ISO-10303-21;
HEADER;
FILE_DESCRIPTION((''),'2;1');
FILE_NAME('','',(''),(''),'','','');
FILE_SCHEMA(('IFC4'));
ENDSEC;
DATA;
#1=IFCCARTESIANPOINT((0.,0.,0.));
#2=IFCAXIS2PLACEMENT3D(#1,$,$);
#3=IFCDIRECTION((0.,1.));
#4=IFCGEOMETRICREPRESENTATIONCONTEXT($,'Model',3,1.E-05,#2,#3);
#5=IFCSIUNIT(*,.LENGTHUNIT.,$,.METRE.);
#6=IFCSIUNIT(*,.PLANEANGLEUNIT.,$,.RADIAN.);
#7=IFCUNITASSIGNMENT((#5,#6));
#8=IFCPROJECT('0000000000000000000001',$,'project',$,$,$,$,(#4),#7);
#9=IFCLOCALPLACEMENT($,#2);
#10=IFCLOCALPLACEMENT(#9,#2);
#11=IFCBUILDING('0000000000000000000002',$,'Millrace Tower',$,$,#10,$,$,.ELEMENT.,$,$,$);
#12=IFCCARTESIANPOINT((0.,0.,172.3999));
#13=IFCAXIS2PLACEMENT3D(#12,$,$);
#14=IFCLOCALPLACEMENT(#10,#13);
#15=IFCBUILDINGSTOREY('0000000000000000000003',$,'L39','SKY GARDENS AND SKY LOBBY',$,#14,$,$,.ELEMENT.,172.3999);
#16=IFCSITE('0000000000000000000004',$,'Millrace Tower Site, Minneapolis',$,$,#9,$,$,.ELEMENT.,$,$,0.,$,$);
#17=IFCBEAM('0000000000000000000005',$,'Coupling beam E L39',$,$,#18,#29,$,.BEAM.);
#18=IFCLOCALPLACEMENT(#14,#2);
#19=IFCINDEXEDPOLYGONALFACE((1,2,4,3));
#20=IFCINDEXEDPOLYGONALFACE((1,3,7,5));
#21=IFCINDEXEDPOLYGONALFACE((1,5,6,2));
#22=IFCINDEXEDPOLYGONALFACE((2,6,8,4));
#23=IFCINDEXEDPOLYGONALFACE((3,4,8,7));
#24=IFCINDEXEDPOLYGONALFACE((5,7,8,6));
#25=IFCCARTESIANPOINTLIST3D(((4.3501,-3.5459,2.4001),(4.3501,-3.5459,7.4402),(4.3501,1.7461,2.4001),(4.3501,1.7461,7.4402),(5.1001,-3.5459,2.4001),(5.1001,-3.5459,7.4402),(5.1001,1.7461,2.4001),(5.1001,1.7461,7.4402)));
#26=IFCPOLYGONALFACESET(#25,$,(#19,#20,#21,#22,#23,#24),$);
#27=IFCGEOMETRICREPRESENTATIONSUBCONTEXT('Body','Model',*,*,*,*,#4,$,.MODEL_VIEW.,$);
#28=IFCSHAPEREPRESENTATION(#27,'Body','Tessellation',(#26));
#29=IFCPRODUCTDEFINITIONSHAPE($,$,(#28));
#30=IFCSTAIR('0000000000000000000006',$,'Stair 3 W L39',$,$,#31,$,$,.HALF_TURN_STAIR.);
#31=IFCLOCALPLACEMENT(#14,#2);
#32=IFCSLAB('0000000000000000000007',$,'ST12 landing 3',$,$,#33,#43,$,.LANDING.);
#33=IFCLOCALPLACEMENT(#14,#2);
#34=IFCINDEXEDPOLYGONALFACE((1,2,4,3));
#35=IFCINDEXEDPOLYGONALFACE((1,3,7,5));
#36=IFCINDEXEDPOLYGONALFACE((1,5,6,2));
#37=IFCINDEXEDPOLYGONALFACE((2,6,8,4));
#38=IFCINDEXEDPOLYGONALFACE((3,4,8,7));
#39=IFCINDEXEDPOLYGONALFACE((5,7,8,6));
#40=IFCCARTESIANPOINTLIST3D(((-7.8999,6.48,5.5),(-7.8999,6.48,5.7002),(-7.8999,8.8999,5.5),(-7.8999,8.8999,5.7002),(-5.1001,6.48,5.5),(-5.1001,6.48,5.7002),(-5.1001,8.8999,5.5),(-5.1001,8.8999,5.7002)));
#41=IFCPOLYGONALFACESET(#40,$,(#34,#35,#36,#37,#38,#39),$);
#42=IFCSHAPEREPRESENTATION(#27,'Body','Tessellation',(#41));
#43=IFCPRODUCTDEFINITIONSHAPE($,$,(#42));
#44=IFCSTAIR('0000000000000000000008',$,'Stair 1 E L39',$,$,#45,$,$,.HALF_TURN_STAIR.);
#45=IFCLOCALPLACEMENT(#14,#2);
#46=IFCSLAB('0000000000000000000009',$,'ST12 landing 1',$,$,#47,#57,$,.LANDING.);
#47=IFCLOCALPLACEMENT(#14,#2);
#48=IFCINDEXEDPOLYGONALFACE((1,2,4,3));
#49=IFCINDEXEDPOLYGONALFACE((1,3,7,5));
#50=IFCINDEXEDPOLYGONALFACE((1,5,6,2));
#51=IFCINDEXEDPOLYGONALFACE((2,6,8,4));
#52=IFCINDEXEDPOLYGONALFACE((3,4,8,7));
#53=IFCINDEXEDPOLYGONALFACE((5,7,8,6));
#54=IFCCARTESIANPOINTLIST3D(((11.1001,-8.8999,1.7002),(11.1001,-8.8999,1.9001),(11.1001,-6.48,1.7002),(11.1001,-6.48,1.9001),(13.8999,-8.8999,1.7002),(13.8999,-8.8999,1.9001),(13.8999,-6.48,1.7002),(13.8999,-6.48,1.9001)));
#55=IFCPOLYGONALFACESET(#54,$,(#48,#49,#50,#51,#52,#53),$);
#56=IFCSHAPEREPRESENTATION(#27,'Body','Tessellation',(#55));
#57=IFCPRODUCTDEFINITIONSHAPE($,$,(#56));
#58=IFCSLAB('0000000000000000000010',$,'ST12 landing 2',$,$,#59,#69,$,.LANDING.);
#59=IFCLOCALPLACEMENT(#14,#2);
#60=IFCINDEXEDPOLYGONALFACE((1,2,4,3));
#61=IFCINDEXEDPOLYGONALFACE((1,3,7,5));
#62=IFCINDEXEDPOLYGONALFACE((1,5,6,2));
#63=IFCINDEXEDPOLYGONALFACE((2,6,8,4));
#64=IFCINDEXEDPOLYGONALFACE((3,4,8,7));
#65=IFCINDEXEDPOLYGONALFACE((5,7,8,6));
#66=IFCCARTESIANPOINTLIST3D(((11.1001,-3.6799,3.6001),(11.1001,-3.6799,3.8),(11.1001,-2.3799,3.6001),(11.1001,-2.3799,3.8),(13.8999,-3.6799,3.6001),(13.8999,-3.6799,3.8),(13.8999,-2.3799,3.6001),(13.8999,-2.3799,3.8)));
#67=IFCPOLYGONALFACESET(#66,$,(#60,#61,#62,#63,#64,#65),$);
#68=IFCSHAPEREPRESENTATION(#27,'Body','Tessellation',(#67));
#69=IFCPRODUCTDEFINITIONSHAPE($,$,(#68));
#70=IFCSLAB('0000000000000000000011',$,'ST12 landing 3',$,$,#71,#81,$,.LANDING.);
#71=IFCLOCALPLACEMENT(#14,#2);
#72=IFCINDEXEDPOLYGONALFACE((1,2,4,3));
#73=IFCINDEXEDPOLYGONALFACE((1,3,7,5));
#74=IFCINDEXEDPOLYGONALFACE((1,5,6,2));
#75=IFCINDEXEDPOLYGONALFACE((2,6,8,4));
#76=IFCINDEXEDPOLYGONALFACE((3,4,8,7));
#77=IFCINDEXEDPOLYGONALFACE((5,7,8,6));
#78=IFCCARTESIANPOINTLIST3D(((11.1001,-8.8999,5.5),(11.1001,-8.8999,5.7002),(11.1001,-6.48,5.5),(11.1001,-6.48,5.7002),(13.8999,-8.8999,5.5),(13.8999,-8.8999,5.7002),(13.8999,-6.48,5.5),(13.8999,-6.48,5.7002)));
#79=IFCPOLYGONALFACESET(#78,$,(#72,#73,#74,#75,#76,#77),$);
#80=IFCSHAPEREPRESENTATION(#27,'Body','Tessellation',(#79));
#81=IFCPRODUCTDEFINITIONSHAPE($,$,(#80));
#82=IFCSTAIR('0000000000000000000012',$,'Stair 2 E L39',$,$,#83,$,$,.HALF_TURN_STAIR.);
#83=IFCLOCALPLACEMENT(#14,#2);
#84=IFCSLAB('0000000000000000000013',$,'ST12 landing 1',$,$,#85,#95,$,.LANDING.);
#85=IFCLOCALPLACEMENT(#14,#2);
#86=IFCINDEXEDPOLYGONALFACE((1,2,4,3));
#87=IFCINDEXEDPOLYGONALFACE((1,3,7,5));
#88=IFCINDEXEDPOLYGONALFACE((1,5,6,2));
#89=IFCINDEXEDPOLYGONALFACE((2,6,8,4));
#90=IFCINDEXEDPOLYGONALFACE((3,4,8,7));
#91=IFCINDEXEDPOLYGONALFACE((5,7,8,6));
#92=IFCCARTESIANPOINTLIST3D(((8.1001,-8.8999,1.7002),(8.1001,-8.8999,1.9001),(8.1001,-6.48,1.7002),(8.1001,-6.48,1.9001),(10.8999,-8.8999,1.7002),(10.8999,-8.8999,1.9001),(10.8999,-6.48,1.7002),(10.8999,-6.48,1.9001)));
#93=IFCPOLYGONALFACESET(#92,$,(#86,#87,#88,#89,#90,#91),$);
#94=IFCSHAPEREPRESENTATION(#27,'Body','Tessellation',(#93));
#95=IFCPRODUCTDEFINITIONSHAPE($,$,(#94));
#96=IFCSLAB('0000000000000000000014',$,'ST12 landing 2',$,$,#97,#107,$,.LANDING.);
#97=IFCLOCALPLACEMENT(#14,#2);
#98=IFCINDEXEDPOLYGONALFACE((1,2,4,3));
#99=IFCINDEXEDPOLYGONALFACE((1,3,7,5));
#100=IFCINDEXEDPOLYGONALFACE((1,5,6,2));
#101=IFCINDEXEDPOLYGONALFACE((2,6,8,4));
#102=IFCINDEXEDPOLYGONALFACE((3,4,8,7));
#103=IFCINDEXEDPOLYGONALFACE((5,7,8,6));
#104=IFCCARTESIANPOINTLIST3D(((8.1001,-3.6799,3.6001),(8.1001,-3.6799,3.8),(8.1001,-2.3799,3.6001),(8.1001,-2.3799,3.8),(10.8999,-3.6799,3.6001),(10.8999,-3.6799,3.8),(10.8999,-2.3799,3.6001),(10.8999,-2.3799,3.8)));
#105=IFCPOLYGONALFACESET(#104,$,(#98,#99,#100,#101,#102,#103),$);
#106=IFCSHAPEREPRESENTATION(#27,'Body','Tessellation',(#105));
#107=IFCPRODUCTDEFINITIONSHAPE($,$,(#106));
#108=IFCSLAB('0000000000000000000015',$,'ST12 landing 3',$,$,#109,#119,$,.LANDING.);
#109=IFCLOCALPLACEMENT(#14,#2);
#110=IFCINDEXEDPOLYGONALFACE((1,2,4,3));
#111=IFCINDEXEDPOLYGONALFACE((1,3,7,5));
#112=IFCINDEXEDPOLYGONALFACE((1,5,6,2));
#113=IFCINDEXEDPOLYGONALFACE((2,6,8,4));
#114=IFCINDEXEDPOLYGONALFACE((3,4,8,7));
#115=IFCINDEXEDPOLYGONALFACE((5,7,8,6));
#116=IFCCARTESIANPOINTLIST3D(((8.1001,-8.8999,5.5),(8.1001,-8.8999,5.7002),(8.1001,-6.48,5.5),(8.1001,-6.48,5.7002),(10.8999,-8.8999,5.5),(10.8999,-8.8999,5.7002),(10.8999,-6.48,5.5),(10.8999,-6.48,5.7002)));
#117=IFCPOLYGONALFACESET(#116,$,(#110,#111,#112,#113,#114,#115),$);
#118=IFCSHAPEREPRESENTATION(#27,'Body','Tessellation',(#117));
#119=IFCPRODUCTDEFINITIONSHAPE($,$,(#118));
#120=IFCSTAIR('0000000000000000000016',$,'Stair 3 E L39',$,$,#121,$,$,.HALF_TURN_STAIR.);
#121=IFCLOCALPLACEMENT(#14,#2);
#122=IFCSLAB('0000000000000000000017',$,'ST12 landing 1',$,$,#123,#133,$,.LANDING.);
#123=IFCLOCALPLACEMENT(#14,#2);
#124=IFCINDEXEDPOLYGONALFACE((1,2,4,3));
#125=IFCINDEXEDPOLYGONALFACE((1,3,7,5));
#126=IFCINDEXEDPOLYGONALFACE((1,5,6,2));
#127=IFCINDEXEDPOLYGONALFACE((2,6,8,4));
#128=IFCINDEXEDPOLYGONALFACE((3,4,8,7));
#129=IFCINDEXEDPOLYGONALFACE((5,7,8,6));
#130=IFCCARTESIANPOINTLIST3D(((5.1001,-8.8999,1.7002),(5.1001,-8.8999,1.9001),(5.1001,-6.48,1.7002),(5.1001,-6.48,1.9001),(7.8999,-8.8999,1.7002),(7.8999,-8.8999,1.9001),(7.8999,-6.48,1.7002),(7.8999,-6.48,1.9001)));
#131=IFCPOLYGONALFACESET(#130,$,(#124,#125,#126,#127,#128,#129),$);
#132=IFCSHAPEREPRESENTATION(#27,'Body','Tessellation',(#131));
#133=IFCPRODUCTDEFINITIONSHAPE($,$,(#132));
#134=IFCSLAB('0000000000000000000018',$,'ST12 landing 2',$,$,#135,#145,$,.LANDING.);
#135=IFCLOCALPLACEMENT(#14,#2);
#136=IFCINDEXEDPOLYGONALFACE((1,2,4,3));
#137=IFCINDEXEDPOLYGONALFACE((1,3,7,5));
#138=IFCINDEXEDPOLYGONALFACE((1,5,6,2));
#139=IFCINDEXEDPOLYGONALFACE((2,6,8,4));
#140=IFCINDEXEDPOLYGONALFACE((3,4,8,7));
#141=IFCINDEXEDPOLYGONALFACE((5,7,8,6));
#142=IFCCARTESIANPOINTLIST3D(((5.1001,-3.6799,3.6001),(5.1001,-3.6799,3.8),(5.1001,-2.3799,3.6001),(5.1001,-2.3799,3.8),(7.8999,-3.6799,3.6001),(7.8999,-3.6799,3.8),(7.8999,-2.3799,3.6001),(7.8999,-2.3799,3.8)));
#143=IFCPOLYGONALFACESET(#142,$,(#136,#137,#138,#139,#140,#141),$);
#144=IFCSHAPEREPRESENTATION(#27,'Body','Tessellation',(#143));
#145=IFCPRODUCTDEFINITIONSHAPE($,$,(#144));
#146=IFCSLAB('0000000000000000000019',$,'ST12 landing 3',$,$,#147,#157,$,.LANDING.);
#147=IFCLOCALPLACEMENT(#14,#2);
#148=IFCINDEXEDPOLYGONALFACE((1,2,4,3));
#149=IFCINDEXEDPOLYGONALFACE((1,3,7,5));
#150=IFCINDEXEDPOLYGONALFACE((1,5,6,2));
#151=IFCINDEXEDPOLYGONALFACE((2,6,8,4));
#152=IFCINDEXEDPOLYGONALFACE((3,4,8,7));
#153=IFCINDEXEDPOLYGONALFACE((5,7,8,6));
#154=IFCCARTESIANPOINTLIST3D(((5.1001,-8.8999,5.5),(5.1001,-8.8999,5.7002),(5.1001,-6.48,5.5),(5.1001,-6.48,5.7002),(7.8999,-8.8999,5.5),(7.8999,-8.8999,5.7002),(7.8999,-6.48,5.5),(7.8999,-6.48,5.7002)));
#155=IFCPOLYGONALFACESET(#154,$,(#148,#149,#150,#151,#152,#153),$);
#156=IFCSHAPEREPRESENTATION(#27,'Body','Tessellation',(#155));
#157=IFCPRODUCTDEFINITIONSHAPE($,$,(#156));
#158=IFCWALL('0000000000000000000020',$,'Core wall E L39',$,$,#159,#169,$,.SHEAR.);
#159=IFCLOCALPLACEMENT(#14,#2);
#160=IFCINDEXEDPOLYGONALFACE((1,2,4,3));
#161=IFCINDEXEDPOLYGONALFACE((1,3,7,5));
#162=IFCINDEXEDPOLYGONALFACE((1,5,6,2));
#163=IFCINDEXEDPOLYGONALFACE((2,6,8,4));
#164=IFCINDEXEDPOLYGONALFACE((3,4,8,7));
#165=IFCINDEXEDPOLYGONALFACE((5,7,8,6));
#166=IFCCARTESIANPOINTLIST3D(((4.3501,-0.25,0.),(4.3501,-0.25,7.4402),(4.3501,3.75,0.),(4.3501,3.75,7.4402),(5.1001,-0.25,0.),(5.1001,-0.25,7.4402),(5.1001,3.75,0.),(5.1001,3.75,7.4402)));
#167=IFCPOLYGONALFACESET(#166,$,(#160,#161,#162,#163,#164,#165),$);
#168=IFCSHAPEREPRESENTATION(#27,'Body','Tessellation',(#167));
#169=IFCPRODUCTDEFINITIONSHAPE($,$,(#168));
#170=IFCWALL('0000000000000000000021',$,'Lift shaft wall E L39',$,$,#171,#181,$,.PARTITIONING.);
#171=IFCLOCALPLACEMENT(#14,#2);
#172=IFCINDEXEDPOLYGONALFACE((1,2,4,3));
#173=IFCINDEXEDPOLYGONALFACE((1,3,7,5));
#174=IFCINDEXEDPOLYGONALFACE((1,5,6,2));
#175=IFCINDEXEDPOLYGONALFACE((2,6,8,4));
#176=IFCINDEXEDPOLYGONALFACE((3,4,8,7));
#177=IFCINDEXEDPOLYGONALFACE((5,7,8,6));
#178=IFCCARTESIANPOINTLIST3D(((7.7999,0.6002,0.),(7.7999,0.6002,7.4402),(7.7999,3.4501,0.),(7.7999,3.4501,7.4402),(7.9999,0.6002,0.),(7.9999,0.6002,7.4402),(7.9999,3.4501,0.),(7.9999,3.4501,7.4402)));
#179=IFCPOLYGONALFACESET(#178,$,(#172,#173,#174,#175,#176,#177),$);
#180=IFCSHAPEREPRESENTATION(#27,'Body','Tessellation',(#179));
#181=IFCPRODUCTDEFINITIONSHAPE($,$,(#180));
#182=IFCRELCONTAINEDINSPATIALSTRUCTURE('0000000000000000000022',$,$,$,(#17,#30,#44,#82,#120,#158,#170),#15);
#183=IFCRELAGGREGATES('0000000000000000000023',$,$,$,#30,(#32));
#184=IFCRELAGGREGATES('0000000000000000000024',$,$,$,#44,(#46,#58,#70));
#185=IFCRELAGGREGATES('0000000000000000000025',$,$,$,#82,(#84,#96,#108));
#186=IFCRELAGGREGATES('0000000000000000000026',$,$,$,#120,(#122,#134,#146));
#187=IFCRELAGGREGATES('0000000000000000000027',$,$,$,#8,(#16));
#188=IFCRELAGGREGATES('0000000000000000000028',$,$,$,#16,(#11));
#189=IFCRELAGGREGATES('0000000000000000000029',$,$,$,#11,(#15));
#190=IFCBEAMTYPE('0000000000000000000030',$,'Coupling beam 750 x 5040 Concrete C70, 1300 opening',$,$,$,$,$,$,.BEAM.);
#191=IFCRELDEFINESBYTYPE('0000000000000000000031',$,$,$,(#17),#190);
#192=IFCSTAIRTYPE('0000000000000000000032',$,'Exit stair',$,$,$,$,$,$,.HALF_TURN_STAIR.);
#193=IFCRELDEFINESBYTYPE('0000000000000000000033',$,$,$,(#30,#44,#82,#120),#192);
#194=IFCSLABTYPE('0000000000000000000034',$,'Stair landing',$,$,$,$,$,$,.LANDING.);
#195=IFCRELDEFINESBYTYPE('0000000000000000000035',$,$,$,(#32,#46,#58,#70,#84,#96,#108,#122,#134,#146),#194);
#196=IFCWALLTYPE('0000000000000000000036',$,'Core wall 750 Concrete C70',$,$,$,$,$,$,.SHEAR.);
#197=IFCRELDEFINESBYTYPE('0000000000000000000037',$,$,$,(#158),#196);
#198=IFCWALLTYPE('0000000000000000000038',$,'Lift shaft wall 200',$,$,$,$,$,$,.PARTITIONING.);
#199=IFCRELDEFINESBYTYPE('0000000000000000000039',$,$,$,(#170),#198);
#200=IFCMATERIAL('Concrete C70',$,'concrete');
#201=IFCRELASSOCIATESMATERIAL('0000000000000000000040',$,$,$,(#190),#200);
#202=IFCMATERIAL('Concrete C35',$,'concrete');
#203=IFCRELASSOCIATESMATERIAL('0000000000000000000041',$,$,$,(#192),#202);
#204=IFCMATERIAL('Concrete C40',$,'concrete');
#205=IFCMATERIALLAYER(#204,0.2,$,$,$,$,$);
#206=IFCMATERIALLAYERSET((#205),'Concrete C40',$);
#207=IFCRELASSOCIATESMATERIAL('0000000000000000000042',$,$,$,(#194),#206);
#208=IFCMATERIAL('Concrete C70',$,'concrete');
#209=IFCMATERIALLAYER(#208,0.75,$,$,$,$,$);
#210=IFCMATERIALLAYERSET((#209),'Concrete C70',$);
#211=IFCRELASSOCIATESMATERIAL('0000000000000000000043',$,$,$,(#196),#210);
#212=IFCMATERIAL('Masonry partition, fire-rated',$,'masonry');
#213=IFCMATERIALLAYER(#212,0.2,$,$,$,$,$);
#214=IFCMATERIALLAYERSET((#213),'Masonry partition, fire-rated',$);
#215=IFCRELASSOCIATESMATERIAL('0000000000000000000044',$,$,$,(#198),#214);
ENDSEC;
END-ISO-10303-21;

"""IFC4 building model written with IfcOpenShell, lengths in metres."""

from ifc_helpers import new_model, si_unit, direction, frame, frame_2d, origin, origin_2d, place, context, subcontext, project, spatial, polyline, rectangle, outline, extrude, material, layer, layer_set, material_profile, profile_set, type_object, element, aggregate, save


model = new_model("IFC4")

# Units and contexts
model_context = context("Model", 3, precision=1e-05, world=origin(), true_north=direction((0.0, 1.0)))
body_context = subcontext(model_context, "Body", "Model", "MODEL_VIEW")
ifc_project = project(units=[si_unit("LENGTHUNIT", "METRE"), si_unit("PLANEANGLEUNIT", "RADIAN")], contexts=[model_context])

# Site, building, storey
site_placement = place(None, origin())
site = spatial("IfcSite", under=ifc_project, at=site_placement, Name="Millrace Tower Site, Minneapolis", CompositionType="ELEMENT", RefElevation=0.0)
building_placement = place(site_placement, origin())
building = spatial("IfcBuilding", under=site, at=building_placement, Name="Millrace Tower", CompositionType="ELEMENT")
storey_placement = place(building_placement, frame((0.0, 0.0, 172.3999)))
storey = spatial("IfcBuildingStorey", under=building, at=storey_placement, Name="L39", Description="SKY GARDENS AND SKY LOBBY", CompositionType="ELEMENT", Elevation=172.3999)

# Beam
ifc_material_1 = material(Name="Concrete C70", Category="concrete")
ifc_material_profile = material_profile(ifc_material_1, rectangle(XDim=0.75, YDim=5.04, at=origin_2d()))
ifc_profile_set = profile_set([ifc_material_profile], Name="Concrete C70")
beam_type = type_object("IfcBeamType", Name="Coupling beam 750 x 5040 Concrete C70, 1300 opening", PredefinedType="BEAM", material=ifc_profile_set)
beam_placement = place(storey_placement, frame((4.7251, 1.7461, 4.9202), z_axis=(0.0, -1.0, 0.0), x_axis=(1.0, 0.0, 0.0)))
element("IfcBeam", 1, at=beam_placement, inside=storey, type_object=beam_type, Name="Coupling beam E L39", PredefinedType="BEAM", context=body_context, shape_type="SweptSolid", body=[
    extrude(rectangle(XDim=0.75, YDim=5.04, at=origin_2d()), origin(), (0.0, 0.0, 1.0), 5.292),
])

# Stair, slab
ifc_material_2 = material(Name="Concrete C35", Category="concrete")
stair_type = type_object("IfcStairType", Name="Exit stair", PredefinedType="HALF_TURN_STAIR", material=ifc_material_2)
placement_1 = place(storey_placement, origin())
stair_1 = element("IfcStair", 2, at=placement_1, inside=storey, type_object=stair_type, Name="Stair 3 W L39", PredefinedType="HALF_TURN_STAIR")
ifc_material_3 = material(Name="Concrete C40", Category="concrete")
ifc_layer_1 = layer(ifc_material_3, 0.2)
ifc_layer_set_1 = layer_set([ifc_layer_1], Name="Concrete C40")
slab_type = type_object("IfcSlabType", Name="Stair landing", PredefinedType="LANDING", material=ifc_layer_set_1)
placement_2 = place(storey_placement, frame((0.0, 0.0, 5.5)))
slab_1 = element("IfcSlab", 3, at=placement_2, type_object=slab_type, Name="ST12 landing 3", PredefinedType="LANDING", context=body_context, shape_type="SweptSolid", body=[
    extrude(outline(polyline([(-7.8999, 6.48), (-5.1001, 6.48), (-5.1001, 8.8999), (-7.8999, 8.8999), (-7.8999, 6.48)])), origin(), (0.0, 0.0, 1.0), 0.2002),
])
aggregate(stair_1, [slab_1])

# Stairs, slabs
stair_2 = element("IfcStair", 4, at=placement_1, inside=storey, type_object=stair_type, Name="Stair 1 E L39", PredefinedType="HALF_TURN_STAIR")
placement_3 = place(storey_placement, frame((0.0, 0.0, 1.7002)))
slab_2 = element("IfcSlab", 5, at=placement_3, type_object=slab_type, Name="ST12 landing 1", PredefinedType="LANDING", context=body_context, shape_type="SweptSolid", body=[
    extrude(outline(polyline([(11.1001, -8.8999), (13.8999, -8.8999), (13.8999, -6.48), (11.1001, -6.48), (11.1001, -8.8999)])), origin(), (0.0, 0.0, 1.0), 0.2),
])
placement_4 = place(storey_placement, frame((0.0, 0.0, 3.6001)))
slab_3 = element("IfcSlab", 6, at=placement_4, type_object=slab_type, Name="ST12 landing 2", PredefinedType="LANDING", context=body_context, shape_type="SweptSolid", body=[
    extrude(outline(polyline([(11.1001, -3.6799), (13.8999, -3.6799), (13.8999, -2.3799), (11.1001, -2.3799), (11.1001, -3.6799)])), origin(), (0.0, 0.0, 1.0), 0.2),
])
slab_4 = element("IfcSlab", 7, at=placement_2, type_object=slab_type, Name="ST12 landing 3", PredefinedType="LANDING", context=body_context, shape_type="SweptSolid", body=[
    extrude(outline(polyline([(11.1001, -8.8999), (13.8999, -8.8999), (13.8999, -6.48), (11.1001, -6.48), (11.1001, -8.8999)])), origin(), (0.0, 0.0, 1.0), 0.2002),
])
aggregate(stair_2, [slab_2, slab_3, slab_4])
stair_3 = element("IfcStair", 8, at=placement_1, inside=storey, type_object=stair_type, Name="Stair 2 E L39", PredefinedType="HALF_TURN_STAIR")
slab_5 = element("IfcSlab", 9, at=placement_3, type_object=slab_type, Name="ST12 landing 1", PredefinedType="LANDING", context=body_context, shape_type="SweptSolid", body=[
    extrude(outline(polyline([(8.1001, -8.8999), (10.8999, -8.8999), (10.8999, -6.48), (8.1001, -6.48), (8.1001, -8.8999)])), origin(), (0.0, 0.0, 1.0), 0.2),
])
slab_6 = element("IfcSlab", 10, at=placement_4, type_object=slab_type, Name="ST12 landing 2", PredefinedType="LANDING", context=body_context, shape_type="SweptSolid", body=[
    extrude(outline(polyline([(8.1001, -3.6799), (10.8999, -3.6799), (10.8999, -2.3799), (8.1001, -2.3799), (8.1001, -3.6799)])), origin(), (0.0, 0.0, 1.0), 0.2),
])
slab_7 = element("IfcSlab", 11, at=placement_2, type_object=slab_type, Name="ST12 landing 3", PredefinedType="LANDING", context=body_context, shape_type="SweptSolid", body=[
    extrude(outline(polyline([(8.1001, -8.8999), (10.8999, -8.8999), (10.8999, -6.48), (8.1001, -6.48), (8.1001, -8.8999)])), origin(), (0.0, 0.0, 1.0), 0.2002),
])
aggregate(stair_3, [slab_5, slab_6, slab_7])
stair_4 = element("IfcStair", 12, at=placement_1, inside=storey, type_object=stair_type, Name="Stair 3 E L39", PredefinedType="HALF_TURN_STAIR")
slab_8 = element("IfcSlab", 13, at=placement_3, type_object=slab_type, Name="ST12 landing 1", PredefinedType="LANDING", context=body_context, shape_type="SweptSolid", body=[
    extrude(outline(polyline([(5.1001, -8.8999), (7.8999, -8.8999), (7.8999, -6.48), (5.1001, -6.48), (5.1001, -8.8999)])), origin(), (0.0, 0.0, 1.0), 0.2),
])
slab_9 = element("IfcSlab", 14, at=placement_4, type_object=slab_type, Name="ST12 landing 2", PredefinedType="LANDING", context=body_context, shape_type="SweptSolid", body=[
    extrude(outline(polyline([(5.1001, -3.6799), (7.8999, -3.6799), (7.8999, -2.3799), (5.1001, -2.3799), (5.1001, -3.6799)])), origin(), (0.0, 0.0, 1.0), 0.2),
])
slab_10 = element("IfcSlab", 15, at=placement_2, type_object=slab_type, Name="ST12 landing 3", PredefinedType="LANDING", context=body_context, shape_type="SweptSolid", body=[
    extrude(outline(polyline([(5.1001, -8.8999), (7.8999, -8.8999), (7.8999, -6.48), (5.1001, -6.48), (5.1001, -8.8999)])), origin(), (0.0, 0.0, 1.0), 0.2002),
])
aggregate(stair_4, [slab_8, slab_9, slab_10])

# Walls
ifc_material_4 = material(Name="Concrete C70", Category="concrete")
ifc_layer_2 = layer(ifc_material_4, 0.75)
ifc_layer_set_2 = layer_set([ifc_layer_2], Name="Concrete C70")
wall_type_1 = type_object("IfcWallType", Name="Core wall 750 Concrete C70", PredefinedType="SHEAR", material=ifc_layer_set_2)
wall_1_placement = place(storey_placement, frame((4.7251, 3.75, 0.0), z_axis=(0.0, 0.0, 1.0), x_axis=(0.0, -1.0, 0.0)))
element("IfcWall", 16, at=wall_1_placement, inside=storey, type_object=wall_type_1, Name="Core wall E L39", PredefinedType="SHEAR", context=body_context, shape_type="SweptSolid", body=[
    extrude(rectangle(XDim=4.0, YDim=0.75, at=frame_2d((2.0, 0.0))), origin(), (0.0, 0.0, 1.0), 7.4402),
])
ifc_material_5 = material(Name="Masonry partition, fire-rated", Category="masonry")
ifc_layer_3 = layer(ifc_material_5, 0.2)
ifc_layer_set_3 = layer_set([ifc_layer_3], Name="Masonry partition, fire-rated")
wall_type_2 = type_object("IfcWallType", Name="Lift shaft wall 200", PredefinedType="PARTITIONING", material=ifc_layer_set_3)
wall_2_placement = place(storey_placement, frame((7.8999, 3.45, 0.0), z_axis=(0.0, 0.0, 1.0), x_axis=(0.0, -1.0, 0.0)))
element("IfcWall", 17, at=wall_2_placement, inside=storey, type_object=wall_type_2, Name="Lift shaft wall E L39", PredefinedType="PARTITIONING", context=body_context, shape_type="SweptSolid", body=[
    extrude(rectangle(XDim=2.8499, YDim=0.2, at=frame_2d((1.4248, 0.0))), origin(), (0.0, 0.0, 1.0), 7.4402),
])

save(model, "model.ifc")
